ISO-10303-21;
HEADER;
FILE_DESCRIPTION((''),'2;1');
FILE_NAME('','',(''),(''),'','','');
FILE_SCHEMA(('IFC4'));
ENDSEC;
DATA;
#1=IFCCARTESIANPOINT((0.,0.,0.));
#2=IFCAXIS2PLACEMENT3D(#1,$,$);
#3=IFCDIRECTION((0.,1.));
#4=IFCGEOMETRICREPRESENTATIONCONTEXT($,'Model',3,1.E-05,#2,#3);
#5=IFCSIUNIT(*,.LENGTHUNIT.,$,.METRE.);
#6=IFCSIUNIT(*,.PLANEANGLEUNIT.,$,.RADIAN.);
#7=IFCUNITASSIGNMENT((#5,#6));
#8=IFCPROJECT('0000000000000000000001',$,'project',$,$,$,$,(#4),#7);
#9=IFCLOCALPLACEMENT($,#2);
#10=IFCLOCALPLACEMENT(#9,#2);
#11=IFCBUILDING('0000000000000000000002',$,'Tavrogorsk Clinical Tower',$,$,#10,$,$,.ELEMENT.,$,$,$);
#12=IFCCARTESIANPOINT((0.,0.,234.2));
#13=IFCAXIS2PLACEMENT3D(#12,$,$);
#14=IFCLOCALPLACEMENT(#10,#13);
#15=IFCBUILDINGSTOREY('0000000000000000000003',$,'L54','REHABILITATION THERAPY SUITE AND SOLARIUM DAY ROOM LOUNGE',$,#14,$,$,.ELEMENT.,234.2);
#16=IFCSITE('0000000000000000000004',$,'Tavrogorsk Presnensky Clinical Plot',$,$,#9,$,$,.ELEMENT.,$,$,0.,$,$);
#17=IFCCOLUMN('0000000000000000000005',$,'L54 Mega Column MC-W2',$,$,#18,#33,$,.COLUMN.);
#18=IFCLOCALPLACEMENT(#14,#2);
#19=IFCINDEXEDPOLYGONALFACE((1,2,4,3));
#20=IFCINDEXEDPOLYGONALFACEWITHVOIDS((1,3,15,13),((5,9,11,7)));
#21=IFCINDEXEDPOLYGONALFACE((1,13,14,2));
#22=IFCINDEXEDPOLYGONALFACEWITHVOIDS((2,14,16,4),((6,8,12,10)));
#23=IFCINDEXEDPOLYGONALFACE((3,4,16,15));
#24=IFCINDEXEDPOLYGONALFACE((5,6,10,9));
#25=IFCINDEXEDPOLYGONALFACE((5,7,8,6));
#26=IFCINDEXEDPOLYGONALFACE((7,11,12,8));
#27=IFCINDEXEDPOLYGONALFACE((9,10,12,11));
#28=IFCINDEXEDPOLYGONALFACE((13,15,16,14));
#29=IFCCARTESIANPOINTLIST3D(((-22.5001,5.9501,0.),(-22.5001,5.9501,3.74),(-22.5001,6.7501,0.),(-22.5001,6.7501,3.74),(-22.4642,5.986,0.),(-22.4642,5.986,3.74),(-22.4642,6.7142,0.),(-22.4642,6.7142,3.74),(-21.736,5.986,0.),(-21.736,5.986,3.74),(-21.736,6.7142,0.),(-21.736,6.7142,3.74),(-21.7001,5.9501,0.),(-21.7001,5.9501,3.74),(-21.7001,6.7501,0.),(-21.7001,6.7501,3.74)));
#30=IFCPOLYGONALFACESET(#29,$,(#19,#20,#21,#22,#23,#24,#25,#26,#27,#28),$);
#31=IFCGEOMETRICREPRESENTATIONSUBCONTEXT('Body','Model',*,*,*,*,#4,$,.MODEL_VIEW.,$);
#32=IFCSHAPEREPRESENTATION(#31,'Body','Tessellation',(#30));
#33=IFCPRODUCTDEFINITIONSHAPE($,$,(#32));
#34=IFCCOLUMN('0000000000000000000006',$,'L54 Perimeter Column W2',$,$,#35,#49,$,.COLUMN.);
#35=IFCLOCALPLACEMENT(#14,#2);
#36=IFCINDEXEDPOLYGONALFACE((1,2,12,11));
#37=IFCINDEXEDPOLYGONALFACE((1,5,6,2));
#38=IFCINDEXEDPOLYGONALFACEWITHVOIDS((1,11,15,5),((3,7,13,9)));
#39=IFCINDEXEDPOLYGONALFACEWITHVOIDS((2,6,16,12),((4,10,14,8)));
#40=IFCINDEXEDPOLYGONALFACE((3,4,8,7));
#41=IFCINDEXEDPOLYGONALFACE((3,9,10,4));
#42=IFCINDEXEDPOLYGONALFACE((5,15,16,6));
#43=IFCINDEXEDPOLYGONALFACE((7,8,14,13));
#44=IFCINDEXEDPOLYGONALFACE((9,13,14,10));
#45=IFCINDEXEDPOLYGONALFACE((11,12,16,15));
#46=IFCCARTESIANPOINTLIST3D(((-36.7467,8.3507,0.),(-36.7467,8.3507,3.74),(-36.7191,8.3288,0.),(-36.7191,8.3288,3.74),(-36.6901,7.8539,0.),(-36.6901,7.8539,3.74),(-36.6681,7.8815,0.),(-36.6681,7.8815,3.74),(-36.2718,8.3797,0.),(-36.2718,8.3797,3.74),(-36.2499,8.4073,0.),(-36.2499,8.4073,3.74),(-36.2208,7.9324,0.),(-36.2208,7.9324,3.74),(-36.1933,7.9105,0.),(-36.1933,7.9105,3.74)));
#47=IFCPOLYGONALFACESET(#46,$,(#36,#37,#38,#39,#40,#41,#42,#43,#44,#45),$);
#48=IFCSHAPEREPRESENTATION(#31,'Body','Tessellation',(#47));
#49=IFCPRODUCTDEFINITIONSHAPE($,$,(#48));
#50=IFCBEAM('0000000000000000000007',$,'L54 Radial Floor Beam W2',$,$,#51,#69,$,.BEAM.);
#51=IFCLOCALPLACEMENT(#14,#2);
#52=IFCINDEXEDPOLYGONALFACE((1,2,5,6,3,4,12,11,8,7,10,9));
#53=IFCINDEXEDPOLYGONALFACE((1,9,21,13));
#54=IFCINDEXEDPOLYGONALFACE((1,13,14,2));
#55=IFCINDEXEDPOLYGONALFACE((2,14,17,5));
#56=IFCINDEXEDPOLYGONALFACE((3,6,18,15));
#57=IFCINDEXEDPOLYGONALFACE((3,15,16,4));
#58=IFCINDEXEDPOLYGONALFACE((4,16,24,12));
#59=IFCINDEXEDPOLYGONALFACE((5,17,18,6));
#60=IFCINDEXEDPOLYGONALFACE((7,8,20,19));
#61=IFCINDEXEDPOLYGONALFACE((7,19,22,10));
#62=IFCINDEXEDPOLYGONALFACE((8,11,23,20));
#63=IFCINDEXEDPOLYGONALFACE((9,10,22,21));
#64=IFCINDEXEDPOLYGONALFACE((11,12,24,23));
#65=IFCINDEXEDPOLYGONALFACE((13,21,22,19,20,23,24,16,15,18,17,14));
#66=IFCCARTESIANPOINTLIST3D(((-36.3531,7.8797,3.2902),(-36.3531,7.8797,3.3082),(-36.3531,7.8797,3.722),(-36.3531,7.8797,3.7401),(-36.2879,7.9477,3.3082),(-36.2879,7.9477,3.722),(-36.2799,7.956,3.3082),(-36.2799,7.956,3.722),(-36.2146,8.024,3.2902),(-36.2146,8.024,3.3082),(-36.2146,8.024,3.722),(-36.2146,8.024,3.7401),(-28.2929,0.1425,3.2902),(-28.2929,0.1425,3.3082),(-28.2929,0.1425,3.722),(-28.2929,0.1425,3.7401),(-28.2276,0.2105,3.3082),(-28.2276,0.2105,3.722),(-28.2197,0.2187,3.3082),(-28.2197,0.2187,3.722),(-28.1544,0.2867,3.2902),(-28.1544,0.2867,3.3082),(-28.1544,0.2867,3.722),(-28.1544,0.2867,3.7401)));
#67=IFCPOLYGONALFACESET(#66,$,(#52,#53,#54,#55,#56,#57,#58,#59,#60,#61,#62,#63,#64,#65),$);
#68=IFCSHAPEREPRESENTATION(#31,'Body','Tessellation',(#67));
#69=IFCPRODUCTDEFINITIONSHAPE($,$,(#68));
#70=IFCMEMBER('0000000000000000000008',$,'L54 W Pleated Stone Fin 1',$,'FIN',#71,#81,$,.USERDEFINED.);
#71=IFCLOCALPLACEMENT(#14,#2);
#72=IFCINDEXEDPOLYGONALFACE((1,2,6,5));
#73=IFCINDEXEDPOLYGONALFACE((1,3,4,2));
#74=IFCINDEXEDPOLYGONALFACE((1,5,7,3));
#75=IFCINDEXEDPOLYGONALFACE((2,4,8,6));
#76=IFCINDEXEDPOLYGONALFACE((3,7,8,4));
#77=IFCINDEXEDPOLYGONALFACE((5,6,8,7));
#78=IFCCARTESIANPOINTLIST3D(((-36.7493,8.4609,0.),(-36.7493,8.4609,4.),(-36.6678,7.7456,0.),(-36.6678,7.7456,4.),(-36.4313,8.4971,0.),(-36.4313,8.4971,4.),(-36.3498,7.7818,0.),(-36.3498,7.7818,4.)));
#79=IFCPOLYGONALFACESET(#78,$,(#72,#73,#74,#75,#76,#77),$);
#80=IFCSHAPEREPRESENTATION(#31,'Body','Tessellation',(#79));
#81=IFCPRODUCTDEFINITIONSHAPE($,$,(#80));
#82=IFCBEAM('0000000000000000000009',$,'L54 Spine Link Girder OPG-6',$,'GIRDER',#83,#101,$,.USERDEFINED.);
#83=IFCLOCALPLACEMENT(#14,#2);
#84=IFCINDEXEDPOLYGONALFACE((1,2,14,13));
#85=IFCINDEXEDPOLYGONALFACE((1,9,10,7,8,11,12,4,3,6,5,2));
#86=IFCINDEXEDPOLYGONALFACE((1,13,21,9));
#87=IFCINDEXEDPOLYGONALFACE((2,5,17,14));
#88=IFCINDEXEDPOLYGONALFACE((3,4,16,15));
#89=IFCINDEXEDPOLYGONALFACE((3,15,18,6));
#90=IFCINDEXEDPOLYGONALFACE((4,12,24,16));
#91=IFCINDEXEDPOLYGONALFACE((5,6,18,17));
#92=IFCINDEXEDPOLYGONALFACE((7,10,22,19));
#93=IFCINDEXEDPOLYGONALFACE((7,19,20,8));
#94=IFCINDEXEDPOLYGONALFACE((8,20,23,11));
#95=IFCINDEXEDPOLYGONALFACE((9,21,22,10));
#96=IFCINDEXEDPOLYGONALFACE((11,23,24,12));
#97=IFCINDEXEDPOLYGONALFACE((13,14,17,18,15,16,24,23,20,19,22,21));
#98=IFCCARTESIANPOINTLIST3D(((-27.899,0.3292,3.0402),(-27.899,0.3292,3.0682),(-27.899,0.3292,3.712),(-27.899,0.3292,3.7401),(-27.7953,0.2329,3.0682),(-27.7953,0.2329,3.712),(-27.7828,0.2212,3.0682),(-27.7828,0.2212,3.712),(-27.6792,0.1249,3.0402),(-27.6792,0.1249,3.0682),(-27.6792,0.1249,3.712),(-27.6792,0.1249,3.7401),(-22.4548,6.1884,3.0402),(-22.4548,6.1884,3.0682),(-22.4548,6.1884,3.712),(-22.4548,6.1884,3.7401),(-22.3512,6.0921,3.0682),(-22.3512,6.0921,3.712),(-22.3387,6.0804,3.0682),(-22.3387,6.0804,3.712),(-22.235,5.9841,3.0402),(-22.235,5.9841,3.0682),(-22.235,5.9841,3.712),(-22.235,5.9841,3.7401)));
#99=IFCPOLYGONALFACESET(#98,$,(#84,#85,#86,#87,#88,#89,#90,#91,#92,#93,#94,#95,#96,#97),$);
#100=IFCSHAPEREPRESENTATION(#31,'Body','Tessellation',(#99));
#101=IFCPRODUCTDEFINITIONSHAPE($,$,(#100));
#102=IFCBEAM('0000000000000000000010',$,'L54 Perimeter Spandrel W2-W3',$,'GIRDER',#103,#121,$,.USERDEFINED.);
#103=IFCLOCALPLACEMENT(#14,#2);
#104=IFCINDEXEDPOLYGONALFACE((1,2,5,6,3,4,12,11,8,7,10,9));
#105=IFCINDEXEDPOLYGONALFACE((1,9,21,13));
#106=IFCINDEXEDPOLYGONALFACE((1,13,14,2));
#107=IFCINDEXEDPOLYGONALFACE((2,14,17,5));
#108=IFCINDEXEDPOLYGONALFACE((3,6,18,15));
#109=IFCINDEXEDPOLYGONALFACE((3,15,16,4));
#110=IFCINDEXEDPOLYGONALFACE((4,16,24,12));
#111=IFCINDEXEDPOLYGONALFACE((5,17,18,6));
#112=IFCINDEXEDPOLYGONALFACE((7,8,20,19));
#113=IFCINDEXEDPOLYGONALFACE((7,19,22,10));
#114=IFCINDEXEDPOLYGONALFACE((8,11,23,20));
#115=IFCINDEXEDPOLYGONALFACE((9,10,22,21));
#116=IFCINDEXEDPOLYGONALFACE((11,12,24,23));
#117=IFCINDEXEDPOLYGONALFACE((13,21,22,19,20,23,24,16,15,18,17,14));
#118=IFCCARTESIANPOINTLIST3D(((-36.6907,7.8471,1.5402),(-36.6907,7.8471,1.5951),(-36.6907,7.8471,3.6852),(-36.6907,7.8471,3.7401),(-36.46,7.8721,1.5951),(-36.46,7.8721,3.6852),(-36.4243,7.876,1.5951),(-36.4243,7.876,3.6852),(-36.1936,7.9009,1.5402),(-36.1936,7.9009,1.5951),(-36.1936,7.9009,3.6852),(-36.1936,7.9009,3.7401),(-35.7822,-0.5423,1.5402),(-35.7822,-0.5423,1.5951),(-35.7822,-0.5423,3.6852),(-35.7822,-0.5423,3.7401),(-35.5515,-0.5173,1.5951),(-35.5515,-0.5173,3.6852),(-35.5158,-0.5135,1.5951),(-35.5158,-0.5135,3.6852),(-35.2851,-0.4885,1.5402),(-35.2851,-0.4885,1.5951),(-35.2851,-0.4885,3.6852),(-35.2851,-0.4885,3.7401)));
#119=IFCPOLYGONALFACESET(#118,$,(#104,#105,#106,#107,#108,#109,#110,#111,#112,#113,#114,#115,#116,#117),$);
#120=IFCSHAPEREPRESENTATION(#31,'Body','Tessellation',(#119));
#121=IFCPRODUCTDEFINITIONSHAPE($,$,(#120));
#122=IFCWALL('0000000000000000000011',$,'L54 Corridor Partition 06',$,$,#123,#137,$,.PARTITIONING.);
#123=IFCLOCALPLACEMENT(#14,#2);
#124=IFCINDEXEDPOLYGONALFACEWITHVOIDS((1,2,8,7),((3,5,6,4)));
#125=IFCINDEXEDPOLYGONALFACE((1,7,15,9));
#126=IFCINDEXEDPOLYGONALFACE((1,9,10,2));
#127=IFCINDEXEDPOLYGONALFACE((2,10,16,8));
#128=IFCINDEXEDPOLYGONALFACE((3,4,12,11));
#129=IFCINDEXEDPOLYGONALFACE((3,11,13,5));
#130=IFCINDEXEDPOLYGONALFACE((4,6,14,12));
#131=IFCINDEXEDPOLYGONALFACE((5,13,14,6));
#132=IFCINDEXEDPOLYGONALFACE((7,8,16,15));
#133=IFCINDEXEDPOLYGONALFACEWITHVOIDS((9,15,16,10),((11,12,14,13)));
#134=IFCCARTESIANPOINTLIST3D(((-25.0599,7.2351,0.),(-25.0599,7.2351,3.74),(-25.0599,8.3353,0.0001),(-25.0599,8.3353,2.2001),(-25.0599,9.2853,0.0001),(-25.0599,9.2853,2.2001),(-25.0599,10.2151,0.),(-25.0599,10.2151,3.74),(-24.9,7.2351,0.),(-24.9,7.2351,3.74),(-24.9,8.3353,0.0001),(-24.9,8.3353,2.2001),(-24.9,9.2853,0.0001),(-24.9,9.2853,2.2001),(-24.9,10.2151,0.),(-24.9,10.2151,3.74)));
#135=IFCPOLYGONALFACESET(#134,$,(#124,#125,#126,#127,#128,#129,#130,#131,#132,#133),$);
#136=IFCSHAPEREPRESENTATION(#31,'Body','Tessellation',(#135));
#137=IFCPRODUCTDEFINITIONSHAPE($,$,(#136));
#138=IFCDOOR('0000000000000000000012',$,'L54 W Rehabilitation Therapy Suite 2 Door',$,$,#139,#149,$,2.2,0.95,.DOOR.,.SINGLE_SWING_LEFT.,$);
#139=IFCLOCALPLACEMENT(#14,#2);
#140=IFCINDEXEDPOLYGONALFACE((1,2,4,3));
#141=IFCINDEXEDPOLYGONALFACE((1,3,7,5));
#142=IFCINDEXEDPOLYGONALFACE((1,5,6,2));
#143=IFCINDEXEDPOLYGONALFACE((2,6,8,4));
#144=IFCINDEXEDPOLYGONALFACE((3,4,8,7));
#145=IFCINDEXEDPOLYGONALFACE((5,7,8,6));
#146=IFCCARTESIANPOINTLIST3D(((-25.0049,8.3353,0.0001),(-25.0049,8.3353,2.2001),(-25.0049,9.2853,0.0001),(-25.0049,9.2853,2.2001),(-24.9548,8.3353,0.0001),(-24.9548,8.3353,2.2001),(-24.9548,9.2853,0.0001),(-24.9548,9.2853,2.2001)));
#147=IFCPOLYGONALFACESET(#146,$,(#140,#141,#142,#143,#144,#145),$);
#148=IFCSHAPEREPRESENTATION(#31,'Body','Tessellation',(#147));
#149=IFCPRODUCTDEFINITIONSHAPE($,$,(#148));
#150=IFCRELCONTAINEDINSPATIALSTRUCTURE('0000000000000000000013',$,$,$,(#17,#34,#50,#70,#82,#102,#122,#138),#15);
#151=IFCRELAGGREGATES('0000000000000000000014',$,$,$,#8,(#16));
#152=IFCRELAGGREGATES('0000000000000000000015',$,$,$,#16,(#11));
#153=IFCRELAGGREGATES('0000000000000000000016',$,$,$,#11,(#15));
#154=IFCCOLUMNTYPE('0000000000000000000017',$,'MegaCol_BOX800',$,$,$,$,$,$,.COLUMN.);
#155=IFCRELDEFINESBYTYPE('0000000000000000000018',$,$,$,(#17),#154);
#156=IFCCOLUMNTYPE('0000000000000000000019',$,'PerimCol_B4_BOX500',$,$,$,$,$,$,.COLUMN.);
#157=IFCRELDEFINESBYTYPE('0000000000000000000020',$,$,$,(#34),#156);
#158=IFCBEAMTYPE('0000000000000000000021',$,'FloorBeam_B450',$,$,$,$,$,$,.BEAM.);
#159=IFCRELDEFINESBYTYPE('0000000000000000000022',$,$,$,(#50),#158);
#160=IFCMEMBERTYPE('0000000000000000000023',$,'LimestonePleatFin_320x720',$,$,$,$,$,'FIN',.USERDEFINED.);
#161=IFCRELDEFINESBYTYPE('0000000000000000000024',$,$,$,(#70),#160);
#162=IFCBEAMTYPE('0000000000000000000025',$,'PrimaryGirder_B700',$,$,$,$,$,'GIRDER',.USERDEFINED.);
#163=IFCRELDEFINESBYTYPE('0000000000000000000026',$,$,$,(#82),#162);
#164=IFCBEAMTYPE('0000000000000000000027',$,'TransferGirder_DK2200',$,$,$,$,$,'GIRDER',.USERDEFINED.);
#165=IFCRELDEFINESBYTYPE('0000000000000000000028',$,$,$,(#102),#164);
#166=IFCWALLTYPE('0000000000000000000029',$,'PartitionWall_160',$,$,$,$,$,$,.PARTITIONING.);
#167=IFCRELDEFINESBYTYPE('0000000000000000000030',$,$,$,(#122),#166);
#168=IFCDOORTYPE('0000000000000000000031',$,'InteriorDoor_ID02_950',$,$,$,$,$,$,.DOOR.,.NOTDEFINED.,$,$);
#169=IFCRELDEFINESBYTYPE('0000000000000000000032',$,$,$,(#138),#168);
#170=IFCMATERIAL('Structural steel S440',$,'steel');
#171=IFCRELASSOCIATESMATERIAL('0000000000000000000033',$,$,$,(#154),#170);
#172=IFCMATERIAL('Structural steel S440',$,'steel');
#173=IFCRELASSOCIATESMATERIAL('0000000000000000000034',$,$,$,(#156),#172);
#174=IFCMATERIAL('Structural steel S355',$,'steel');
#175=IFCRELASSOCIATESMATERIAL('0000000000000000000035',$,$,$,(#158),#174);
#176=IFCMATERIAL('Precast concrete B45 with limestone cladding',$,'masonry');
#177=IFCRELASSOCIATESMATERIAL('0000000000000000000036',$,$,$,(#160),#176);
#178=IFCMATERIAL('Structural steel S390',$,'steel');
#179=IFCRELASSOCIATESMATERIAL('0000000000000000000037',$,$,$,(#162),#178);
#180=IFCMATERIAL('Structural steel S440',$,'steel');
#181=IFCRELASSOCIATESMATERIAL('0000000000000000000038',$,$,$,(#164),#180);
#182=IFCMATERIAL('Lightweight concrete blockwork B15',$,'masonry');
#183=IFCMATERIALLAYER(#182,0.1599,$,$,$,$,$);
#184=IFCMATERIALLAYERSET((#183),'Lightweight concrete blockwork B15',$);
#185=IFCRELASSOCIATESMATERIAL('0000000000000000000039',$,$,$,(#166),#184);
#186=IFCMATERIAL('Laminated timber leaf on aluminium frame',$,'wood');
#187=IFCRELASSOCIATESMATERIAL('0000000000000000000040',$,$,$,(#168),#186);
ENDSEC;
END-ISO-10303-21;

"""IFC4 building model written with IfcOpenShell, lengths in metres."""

from ifc_helpers import new_model, si_unit, direction, frame, frame_2d, origin, origin_2d, place, context, subcontext, project, spatial, rectangle, hollow_rectangle, i_section, extrude, material, layer, layer_set, material_profile, profile_set, type_object, element, fill, save


model = new_model("IFC4")

# Units and contexts
model_context = context("Model", 3, precision=1e-05, world=origin(), true_north=direction((0.0, 1.0)))
body_context = subcontext(model_context, "Body", "Model", "MODEL_VIEW")
ifc_project = project(units=[si_unit("LENGTHUNIT", "METRE"), si_unit("PLANEANGLEUNIT", "RADIAN")], contexts=[model_context])

# Site, building, storey
site_placement = place(None, origin())
site = spatial("IfcSite", under=ifc_project, at=site_placement, Name="Tavrogorsk Presnensky Clinical Plot", CompositionType="ELEMENT", RefElevation=0.0)
building_placement = place(site_placement, origin())
building = spatial("IfcBuilding", under=site, at=building_placement, Name="Tavrogorsk Clinical Tower", CompositionType="ELEMENT")
storey_placement = place(building_placement, frame((0.0, 0.0, 234.2)))
storey = spatial("IfcBuildingStorey", under=building, at=storey_placement, Name="L54", Description="REHABILITATION THERAPY SUITE AND SOLARIUM DAY ROOM LOUNGE", CompositionType="ELEMENT", Elevation=234.2)

# Columns
ifc_material_1 = material(Name="Structural steel S440", Category="steel")
ifc_material_profile_1 = material_profile(ifc_material_1, hollow_rectangle(XDim=0.8, YDim=0.8, WallThickness=0.0359, at=origin_2d()), Name="BOX-800x800x36")
ifc_profile_set_1 = profile_set([ifc_material_profile_1], Name="Structural steel S440")
column_type_1 = type_object("IfcColumnType", Name="MegaCol_BOX800", PredefinedType="COLUMN", material=ifc_profile_set_1)
column_1_placement = place(storey_placement, frame((-22.1001, 6.3501, 0.0), z_axis=(0.0, 0.0, 1.0), x_axis=(1.0, 0.0, 0.0)))
element("IfcColumn", 1, at=column_1_placement, inside=storey, type_object=column_type_1, Name="L54 Mega Column MC-W2", PredefinedType="COLUMN", context=body_context, shape_type="SweptSolid", body=[
    extrude(hollow_rectangle(XDim=0.8, YDim=0.8, WallThickness=0.0359, at=origin_2d()), origin(), (0.0, 0.0, 1.0), 3.74),
])
ifc_material_2 = material(Name="Structural steel S440", Category="steel")
ifc_material_profile_2 = material_profile(ifc_material_2, hollow_rectangle(XDim=0.5, YDim=0.5, WallThickness=0.0249, at=origin_2d()), Name="BOX-500x500x25")
ifc_profile_set_2 = profile_set([ifc_material_profile_2], Name="Structural steel S440")
column_type_2 = type_object("IfcColumnType", Name="PerimCol_B4_BOX500", PredefinedType="COLUMN", material=ifc_profile_set_2)
column_2_placement = place(storey_placement, frame((-36.47, 8.1306, 0.0), z_axis=(0.0, 0.0, 1.0), x_axis=(0.993572, 0.113203, 0.0)))
element("IfcColumn", 2, at=column_2_placement, inside=storey, type_object=column_type_2, Name="L54 Perimeter Column W2", PredefinedType="COLUMN", context=body_context, shape_type="SweptSolid", body=[
    extrude(hollow_rectangle(XDim=0.5, YDim=0.5, WallThickness=0.0249, at=origin_2d()), origin(), (0.0, 0.0, 1.0), 3.74),
])

# Beam
ifc_material_3 = material(Name="Structural steel S355", Category="steel")
ifc_material_profile_3 = material_profile(ifc_material_3, i_section(OverallWidth=0.2, OverallDepth=0.45, WebThickness=0.0115, FlangeThickness=0.0181, at=origin_2d()), Name="B-450x200x11.5x18")
ifc_profile_set_3 = profile_set([ifc_material_profile_3], Name="Structural steel S355")
beam_type_1 = type_object("IfcBeamType", Name="FloorBeam_B450", PredefinedType="BEAM", material=ifc_profile_set_3)
beam_1_placement = place(storey_placement, frame((-28.2236, 0.2146, 3.5151), z_axis=(-0.721414, 0.692505, 0.0), x_axis=(-0.692505, -0.721414, 0.0)))
element("IfcBeam", 3, at=beam_1_placement, inside=storey, type_object=beam_type_1, Name="L54 Radial Floor Beam W2", PredefinedType="BEAM", context=body_context, shape_type="SweptSolid", body=[
    extrude(i_section(OverallWidth=0.2, OverallDepth=0.45, WebThickness=0.0115, FlangeThickness=0.0181, at=origin_2d()), origin(), (0.0, 0.0, 1.0), 11.1729),
])

# Member
ifc_material_4 = material(Name="Precast concrete B45 with limestone cladding", Category="masonry")
ifc_material_profile_4 = material_profile(ifc_material_4, rectangle(XDim=0.3201, YDim=0.72, at=origin_2d()), Name="LIMESTONE-FIN-320x720")
ifc_profile_set_4 = profile_set([ifc_material_profile_4], Name="Precast concrete B45 with limestone cladding")
member_type = type_object("IfcMemberType", Name="LimestonePleatFin_320x720", ElementType="FIN", PredefinedType="USERDEFINED", material=ifc_profile_set_4)
member_placement = place(storey_placement, frame((-36.5496, 8.1213, 0.0), z_axis=(0.0, 0.0, 1.0), x_axis=(0.993572, 0.113203, 0.0)))
element("IfcMember", 4, at=member_placement, inside=storey, type_object=member_type, Name="L54 W Pleated Stone Fin 1", ObjectType="FIN", PredefinedType="USERDEFINED", context=body_context, shape_type="SweptSolid", body=[
    extrude(rectangle(XDim=0.3201, YDim=0.72, at=origin_2d()), origin(), (0.0, 0.0, 1.0), 4.0),
])

# Beams
ifc_material_5 = material(Name="Structural steel S390", Category="steel")
ifc_material_profile_5 = material_profile(ifc_material_5, i_section(OverallWidth=0.3, OverallDepth=0.7, WebThickness=0.0171, FlangeThickness=0.0281, at=origin_2d()), Name="B-700x300x17x28")
ifc_profile_set_5 = profile_set([ifc_material_profile_5], Name="Structural steel S390")
beam_type_2 = type_object("IfcBeamType", Name="PrimaryGirder_B700", ElementType="GIRDER", PredefinedType="USERDEFINED", material=ifc_profile_set_5)
beam_2_placement = place(storey_placement, frame((-27.7891, 0.2271, 3.3901), z_axis=(0.680684, 0.732577, 0.0), x_axis=(-0.732577, 0.680684, 0.0)))
element("IfcBeam", 5, at=beam_2_placement, inside=storey, type_object=beam_type_2, Name="L54 Spine Link Girder OPG-6", ObjectType="GIRDER", PredefinedType="USERDEFINED", context=body_context, shape_type="SweptSolid", body=[
    extrude(i_section(OverallWidth=0.3, OverallDepth=0.7, WebThickness=0.0171, FlangeThickness=0.0281, at=origin_2d()), origin(), (0.0, 0.0, 1.0), 7.998),
])
ifc_material_6 = material(Name="Structural steel S440", Category="steel")
ifc_material_profile_6 = material_profile(ifc_material_6, i_section(OverallWidth=0.5, OverallDepth=2.2, WebThickness=0.0359, FlangeThickness=0.0549, at=origin_2d()), Name="DK-2200x500x36x55")
ifc_profile_set_6 = profile_set([ifc_material_profile_6], Name="Structural steel S440")
beam_type_3 = type_object("IfcBeamType", Name="TransferGirder_DK2200", ElementType="GIRDER", PredefinedType="USERDEFINED", material=ifc_profile_set_6)
beam_3_placement = place(storey_placement, frame((-36.4421, 7.874, 2.6401), z_axis=(0.107656, -0.994188, 0.0), x_axis=(0.994188, 0.107656, 0.0)))
element("IfcBeam", 6, at=beam_3_placement, inside=storey, type_object=beam_type_3, Name="L54 Perimeter Spandrel W2-W3", ObjectType="GIRDER", PredefinedType="USERDEFINED", context=body_context, shape_type="SweptSolid", body=[
    extrude(i_section(OverallWidth=0.5, OverallDepth=2.2, WebThickness=0.0359, FlangeThickness=0.0549, at=origin_2d()), origin(), (0.0, 0.0, 1.0), 8.4385),
])

# Wall, opening, door
ifc_material_7 = material(Name="Lightweight concrete blockwork B15", Category="masonry")
ifc_layer_1 = layer(ifc_material_7, 0.1599)
ifc_layer_set_1 = layer_set([ifc_layer_1], Name="Lightweight concrete blockwork B15")
wall_type_1 = type_object("IfcWallType", Name="PartitionWall_160", PredefinedType="PARTITIONING", material=ifc_layer_set_1)
wall_1_placement = place(storey_placement, frame((-24.98, 7.2351, 0.0), z_axis=(0.0, 0.0, 1.0), x_axis=(0.0, 1.0, 0.0)))
wall_1 = element("IfcWall", 7, at=wall_1_placement, inside=storey, type_object=wall_type_1, Name="L54 Corridor Partition 06", PredefinedType="PARTITIONING", context=body_context, shape_type="SweptSolid", body=[
    extrude(rectangle(XDim=2.98, YDim=0.1599, at=frame_2d((1.49, 0.0))), origin(), (0.0, 0.0, 1.0), 3.74),
])
opening_1_placement = place(wall_1_placement, frame((1.1001, 0.0, 0.0)))
opening_1 = element("IfcOpeningElement", 8, at=opening_1_placement, cuts=wall_1, PredefinedType="OPENING", context=body_context, shape_type="SweptSolid", body=[
    extrude(rectangle(XDim=0.95, YDim=2.2, at=frame_2d((0.4751, 1.1001))), frame((0.0, 0.0898, 0.0), z_axis=(0.0, -1.0, 0.0), x_axis=(1.0, 0.0, 0.0)), (0.0, 0.0, 1.0), 0.1799),
])
ifc_material_8 = material(Name="Laminated timber leaf on aluminium frame", Category="wood")
door_type_1 = type_object("IfcDoorType", Name="InteriorDoor_ID02_950", OperationType="NOTDEFINED", PredefinedType="DOOR", material=ifc_material_8)
door_1_placement = place(opening_1_placement, origin())
door_1 = element("IfcDoor", 9, at=door_1_placement, inside=storey, type_object=door_type_1, Name="L54 W Rehabilitation Therapy Suite 2 Door", OperationType="SINGLE_SWING_LEFT", OverallHeight=2.2, OverallWidth=0.95, PredefinedType="DOOR", context=body_context, shape_type="SweptSolid", body=[
    extrude(rectangle(XDim=0.95, YDim=2.2, at=frame_2d((0.4751, 1.1001))), frame((0.0, 0.0249, 0.0), z_axis=(0.0, -1.0, 0.0), x_axis=(1.0, 0.0, 0.0)), (0.0, 0.0, 1.0), 0.05),
])
fill(opening_1, door_1)

save(model, "model.ifc")
